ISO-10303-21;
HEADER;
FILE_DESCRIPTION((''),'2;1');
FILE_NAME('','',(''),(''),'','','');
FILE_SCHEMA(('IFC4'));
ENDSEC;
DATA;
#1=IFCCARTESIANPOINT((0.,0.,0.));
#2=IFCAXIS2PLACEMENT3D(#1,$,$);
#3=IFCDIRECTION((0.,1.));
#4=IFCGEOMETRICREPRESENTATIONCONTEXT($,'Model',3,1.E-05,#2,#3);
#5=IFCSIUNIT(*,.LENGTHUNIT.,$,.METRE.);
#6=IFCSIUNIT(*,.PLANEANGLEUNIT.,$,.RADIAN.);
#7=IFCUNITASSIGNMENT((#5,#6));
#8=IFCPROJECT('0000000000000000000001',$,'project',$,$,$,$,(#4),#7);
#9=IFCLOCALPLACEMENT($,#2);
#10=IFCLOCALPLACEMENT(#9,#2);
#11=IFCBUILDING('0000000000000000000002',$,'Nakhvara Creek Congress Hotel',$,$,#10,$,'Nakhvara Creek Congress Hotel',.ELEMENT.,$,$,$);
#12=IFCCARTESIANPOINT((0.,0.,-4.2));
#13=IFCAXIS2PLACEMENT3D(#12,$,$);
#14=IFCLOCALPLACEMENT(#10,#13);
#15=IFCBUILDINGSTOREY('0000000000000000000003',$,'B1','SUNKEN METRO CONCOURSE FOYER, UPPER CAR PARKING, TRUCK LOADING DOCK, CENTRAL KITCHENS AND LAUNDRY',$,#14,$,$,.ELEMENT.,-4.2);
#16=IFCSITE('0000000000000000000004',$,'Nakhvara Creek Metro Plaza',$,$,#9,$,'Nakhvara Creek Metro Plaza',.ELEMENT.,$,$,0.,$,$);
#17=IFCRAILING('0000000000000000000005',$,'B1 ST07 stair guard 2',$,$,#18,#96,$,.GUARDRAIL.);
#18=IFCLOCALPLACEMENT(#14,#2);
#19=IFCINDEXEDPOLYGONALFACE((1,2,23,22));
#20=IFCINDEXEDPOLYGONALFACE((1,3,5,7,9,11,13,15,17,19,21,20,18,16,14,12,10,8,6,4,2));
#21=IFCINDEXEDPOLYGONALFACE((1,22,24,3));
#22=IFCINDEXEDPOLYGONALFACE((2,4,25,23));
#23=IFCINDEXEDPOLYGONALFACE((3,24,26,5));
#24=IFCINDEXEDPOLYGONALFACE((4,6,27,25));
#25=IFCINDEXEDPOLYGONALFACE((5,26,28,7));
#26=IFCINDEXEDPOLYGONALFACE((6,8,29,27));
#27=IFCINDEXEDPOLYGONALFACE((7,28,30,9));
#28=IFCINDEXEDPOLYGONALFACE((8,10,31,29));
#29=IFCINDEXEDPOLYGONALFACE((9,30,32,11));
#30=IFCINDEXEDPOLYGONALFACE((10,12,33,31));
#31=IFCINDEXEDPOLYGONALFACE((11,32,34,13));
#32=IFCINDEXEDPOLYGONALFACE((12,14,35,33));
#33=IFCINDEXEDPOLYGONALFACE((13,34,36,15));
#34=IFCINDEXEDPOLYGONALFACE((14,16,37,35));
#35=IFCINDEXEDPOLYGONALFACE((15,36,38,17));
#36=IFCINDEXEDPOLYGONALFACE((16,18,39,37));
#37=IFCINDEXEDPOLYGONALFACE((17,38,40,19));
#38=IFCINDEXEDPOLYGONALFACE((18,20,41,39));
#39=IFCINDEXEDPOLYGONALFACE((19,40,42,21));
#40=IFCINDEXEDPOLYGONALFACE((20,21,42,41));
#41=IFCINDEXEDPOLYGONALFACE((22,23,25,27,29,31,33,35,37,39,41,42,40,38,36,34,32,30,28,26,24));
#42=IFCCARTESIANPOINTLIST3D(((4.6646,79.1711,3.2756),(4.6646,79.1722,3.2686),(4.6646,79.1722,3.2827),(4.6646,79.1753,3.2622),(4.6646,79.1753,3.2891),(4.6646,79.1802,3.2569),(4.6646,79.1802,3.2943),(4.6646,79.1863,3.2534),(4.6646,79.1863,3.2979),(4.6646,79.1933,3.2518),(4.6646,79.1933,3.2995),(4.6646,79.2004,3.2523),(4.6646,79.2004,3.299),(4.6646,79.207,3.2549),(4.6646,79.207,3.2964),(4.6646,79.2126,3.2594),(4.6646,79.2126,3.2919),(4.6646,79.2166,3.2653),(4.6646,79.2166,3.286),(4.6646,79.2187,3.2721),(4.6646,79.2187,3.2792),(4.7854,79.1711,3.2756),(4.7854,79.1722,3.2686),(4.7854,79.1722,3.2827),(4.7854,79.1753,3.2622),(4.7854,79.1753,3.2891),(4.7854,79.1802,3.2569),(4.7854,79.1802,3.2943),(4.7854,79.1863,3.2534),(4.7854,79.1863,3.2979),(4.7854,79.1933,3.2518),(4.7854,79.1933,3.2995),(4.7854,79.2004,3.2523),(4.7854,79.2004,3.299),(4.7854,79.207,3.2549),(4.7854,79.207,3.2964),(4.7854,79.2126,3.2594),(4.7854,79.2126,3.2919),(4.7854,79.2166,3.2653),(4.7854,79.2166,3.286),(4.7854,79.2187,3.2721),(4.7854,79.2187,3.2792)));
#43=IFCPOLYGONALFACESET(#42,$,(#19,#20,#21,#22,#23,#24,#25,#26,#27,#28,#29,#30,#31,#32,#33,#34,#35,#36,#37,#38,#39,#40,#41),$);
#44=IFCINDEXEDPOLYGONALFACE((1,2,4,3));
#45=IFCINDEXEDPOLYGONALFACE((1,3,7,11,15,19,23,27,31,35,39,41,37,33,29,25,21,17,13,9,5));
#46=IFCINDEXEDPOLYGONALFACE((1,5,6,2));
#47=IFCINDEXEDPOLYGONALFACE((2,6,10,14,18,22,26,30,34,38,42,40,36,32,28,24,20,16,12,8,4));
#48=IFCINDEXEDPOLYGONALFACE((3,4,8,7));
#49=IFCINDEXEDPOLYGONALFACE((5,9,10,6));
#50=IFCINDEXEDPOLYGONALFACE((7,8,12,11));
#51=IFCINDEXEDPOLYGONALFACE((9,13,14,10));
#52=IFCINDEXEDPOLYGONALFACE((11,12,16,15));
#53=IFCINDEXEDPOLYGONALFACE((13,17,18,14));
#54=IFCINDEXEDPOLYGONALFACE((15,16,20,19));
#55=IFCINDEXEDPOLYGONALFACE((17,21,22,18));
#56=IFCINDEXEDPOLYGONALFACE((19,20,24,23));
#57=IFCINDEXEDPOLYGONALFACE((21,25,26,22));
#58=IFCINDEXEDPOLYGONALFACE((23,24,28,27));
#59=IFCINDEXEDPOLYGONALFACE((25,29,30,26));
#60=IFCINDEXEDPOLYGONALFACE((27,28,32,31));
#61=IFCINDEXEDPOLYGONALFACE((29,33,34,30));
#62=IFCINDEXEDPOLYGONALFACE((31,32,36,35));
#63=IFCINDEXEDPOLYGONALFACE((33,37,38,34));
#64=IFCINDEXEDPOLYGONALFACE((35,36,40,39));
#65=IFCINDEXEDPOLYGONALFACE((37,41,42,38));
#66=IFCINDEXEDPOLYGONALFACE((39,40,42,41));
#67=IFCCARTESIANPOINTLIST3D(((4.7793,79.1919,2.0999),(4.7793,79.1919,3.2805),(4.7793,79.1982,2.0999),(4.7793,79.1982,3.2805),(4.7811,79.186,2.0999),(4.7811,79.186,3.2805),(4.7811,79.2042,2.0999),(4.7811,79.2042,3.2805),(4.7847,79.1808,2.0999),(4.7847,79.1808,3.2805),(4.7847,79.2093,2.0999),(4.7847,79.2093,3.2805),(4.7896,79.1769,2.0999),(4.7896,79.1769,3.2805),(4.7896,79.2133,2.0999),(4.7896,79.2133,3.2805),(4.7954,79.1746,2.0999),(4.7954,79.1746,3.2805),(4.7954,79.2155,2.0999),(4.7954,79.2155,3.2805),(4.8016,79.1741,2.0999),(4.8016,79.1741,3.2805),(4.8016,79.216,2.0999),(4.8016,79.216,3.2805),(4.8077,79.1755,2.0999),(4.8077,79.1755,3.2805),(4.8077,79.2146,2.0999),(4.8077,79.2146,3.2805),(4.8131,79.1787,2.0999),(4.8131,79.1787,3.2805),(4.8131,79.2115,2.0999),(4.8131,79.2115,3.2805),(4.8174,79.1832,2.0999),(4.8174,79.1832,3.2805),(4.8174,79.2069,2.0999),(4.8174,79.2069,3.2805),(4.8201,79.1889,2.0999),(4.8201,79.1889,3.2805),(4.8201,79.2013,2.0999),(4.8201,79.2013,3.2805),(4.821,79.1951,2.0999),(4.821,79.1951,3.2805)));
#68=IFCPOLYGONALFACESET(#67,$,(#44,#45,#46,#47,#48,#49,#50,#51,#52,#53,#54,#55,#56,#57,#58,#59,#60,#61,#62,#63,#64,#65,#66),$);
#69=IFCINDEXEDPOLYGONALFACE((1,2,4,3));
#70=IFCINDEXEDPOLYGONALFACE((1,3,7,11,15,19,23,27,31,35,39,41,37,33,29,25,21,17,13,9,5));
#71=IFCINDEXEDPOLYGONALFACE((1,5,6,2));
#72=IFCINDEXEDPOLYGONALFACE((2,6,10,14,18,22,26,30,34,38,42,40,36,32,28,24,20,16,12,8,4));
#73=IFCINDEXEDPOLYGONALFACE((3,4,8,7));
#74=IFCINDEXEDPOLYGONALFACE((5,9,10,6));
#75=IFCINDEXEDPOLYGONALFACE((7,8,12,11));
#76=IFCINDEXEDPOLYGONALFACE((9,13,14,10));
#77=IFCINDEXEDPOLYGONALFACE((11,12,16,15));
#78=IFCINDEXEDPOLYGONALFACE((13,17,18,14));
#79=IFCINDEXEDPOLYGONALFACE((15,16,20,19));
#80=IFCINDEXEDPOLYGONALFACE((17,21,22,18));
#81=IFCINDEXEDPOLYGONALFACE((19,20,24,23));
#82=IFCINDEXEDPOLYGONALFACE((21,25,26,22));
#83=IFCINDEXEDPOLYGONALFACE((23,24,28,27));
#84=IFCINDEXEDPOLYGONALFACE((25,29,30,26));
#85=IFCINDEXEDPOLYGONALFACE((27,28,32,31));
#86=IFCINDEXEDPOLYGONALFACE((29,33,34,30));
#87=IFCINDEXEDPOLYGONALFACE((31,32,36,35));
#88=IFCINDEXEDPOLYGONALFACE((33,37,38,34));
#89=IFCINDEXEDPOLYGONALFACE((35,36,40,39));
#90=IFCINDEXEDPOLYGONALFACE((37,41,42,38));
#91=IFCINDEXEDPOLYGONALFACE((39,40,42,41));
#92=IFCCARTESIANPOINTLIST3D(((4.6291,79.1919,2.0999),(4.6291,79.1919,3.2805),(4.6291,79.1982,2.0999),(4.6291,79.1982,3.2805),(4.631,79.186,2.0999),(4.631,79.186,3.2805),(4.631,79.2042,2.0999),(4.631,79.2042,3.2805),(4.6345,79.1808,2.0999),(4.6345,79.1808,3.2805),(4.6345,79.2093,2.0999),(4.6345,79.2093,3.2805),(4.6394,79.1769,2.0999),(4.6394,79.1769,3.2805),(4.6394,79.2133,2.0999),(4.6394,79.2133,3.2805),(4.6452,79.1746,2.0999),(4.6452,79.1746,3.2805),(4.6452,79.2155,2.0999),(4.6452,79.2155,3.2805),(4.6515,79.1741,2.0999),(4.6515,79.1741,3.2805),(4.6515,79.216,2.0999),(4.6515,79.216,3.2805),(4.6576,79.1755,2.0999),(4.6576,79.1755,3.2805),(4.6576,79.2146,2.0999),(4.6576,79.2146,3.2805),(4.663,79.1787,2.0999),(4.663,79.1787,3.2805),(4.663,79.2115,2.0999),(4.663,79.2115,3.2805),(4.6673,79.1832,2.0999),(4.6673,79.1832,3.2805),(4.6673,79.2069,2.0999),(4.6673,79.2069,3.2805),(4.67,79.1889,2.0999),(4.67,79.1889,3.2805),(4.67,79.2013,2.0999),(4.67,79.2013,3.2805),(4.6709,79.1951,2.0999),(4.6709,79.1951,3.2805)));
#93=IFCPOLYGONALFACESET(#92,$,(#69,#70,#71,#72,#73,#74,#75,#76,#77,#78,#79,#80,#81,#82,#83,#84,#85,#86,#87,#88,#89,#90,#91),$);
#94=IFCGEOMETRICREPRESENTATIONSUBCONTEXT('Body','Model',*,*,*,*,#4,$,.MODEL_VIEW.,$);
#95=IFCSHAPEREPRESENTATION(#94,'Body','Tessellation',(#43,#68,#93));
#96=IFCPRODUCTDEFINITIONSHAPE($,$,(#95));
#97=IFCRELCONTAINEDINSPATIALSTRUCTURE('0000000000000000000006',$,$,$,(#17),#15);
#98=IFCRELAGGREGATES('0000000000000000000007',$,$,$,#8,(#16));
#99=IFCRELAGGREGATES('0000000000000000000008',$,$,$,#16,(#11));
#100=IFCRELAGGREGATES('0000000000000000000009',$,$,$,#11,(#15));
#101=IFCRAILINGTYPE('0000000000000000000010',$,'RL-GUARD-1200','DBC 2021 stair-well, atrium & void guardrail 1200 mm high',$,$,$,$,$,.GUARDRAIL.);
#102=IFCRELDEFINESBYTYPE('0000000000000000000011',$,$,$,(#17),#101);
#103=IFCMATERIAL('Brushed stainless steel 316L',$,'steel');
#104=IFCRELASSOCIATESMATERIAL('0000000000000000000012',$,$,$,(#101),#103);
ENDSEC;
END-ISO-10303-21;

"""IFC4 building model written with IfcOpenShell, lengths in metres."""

from ifc_helpers import new_model, si_unit, direction, frame, origin, origin_2d, place, context, subcontext, project, spatial, circle, extrude, material, type_object, element, save


model = new_model("IFC4")

# Units and contexts
model_context = context("Model", 3, precision=1e-05, world=origin(), true_north=direction((0.0, 1.0)))
body_context = subcontext(model_context, "Body", "Model", "MODEL_VIEW")
ifc_project = project(units=[si_unit("LENGTHUNIT", "METRE"), si_unit("PLANEANGLEUNIT", "RADIAN")], contexts=[model_context])

# Site, building, storey
site_placement = place(None, origin())
site = spatial("IfcSite", under=ifc_project, at=site_placement, Name="Nakhvara Creek Metro Plaza", LongName="Nakhvara Creek Metro Plaza", CompositionType="ELEMENT", RefElevation=0.0)
building_placement = place(site_placement, origin())
building = spatial("IfcBuilding", under=site, at=building_placement, Name="Nakhvara Creek Congress Hotel", LongName="Nakhvara Creek Congress Hotel", CompositionType="ELEMENT")
storey_placement = place(building_placement, frame((0.0, 0.0, -4.2)))
storey = spatial("IfcBuildingStorey", under=building, at=storey_placement, Name="B1", Description="SUNKEN METRO CONCOURSE FOYER, UPPER CAR PARKING, TRUCK LOADING DOCK, CENTRAL KITCHENS AND LAUNDRY", CompositionType="ELEMENT", Elevation=-4.2)

# Railing
ifc_material_1 = material(Name="Brushed stainless steel 316L", Category="steel")
railing_type_1 = type_object("IfcRailingType", Name="RL-GUARD-1200", Description="DBC 2021 stair-well, atrium & void guardrail 1200 mm high", PredefinedType="GUARDRAIL", material=ifc_material_1)
railing_1_placement = place(storey_placement, frame((4.8, 79.1951, 2.0999)))
element("IfcRailing", 1, at=railing_1_placement, inside=storey, type_object=railing_type_1, Name="B1 ST07 stair guard 2", PredefinedType="GUARDRAIL", context=body_context, shape_type="SweptSolid", body=[
    extrude(circle(Radius=0.0239, at=origin_2d()), frame((-0.0146, 0.0, 1.1758), z_axis=(-1.0, 0.0, 0.0), x_axis=(0.0, -1.0, 0.0)), (0.0, 0.0, 1.0), 0.1208),
    extrude(circle(Radius=0.021, at=origin_2d()), origin(), (0.0, 0.0, 1.0), 1.1807),
    extrude(circle(Radius=0.021, at=origin_2d()), frame((-0.1501, 0.0, 0.0)), (0.0, 0.0, 1.0), 1.1807),
])

save(model, "model.ifc")
